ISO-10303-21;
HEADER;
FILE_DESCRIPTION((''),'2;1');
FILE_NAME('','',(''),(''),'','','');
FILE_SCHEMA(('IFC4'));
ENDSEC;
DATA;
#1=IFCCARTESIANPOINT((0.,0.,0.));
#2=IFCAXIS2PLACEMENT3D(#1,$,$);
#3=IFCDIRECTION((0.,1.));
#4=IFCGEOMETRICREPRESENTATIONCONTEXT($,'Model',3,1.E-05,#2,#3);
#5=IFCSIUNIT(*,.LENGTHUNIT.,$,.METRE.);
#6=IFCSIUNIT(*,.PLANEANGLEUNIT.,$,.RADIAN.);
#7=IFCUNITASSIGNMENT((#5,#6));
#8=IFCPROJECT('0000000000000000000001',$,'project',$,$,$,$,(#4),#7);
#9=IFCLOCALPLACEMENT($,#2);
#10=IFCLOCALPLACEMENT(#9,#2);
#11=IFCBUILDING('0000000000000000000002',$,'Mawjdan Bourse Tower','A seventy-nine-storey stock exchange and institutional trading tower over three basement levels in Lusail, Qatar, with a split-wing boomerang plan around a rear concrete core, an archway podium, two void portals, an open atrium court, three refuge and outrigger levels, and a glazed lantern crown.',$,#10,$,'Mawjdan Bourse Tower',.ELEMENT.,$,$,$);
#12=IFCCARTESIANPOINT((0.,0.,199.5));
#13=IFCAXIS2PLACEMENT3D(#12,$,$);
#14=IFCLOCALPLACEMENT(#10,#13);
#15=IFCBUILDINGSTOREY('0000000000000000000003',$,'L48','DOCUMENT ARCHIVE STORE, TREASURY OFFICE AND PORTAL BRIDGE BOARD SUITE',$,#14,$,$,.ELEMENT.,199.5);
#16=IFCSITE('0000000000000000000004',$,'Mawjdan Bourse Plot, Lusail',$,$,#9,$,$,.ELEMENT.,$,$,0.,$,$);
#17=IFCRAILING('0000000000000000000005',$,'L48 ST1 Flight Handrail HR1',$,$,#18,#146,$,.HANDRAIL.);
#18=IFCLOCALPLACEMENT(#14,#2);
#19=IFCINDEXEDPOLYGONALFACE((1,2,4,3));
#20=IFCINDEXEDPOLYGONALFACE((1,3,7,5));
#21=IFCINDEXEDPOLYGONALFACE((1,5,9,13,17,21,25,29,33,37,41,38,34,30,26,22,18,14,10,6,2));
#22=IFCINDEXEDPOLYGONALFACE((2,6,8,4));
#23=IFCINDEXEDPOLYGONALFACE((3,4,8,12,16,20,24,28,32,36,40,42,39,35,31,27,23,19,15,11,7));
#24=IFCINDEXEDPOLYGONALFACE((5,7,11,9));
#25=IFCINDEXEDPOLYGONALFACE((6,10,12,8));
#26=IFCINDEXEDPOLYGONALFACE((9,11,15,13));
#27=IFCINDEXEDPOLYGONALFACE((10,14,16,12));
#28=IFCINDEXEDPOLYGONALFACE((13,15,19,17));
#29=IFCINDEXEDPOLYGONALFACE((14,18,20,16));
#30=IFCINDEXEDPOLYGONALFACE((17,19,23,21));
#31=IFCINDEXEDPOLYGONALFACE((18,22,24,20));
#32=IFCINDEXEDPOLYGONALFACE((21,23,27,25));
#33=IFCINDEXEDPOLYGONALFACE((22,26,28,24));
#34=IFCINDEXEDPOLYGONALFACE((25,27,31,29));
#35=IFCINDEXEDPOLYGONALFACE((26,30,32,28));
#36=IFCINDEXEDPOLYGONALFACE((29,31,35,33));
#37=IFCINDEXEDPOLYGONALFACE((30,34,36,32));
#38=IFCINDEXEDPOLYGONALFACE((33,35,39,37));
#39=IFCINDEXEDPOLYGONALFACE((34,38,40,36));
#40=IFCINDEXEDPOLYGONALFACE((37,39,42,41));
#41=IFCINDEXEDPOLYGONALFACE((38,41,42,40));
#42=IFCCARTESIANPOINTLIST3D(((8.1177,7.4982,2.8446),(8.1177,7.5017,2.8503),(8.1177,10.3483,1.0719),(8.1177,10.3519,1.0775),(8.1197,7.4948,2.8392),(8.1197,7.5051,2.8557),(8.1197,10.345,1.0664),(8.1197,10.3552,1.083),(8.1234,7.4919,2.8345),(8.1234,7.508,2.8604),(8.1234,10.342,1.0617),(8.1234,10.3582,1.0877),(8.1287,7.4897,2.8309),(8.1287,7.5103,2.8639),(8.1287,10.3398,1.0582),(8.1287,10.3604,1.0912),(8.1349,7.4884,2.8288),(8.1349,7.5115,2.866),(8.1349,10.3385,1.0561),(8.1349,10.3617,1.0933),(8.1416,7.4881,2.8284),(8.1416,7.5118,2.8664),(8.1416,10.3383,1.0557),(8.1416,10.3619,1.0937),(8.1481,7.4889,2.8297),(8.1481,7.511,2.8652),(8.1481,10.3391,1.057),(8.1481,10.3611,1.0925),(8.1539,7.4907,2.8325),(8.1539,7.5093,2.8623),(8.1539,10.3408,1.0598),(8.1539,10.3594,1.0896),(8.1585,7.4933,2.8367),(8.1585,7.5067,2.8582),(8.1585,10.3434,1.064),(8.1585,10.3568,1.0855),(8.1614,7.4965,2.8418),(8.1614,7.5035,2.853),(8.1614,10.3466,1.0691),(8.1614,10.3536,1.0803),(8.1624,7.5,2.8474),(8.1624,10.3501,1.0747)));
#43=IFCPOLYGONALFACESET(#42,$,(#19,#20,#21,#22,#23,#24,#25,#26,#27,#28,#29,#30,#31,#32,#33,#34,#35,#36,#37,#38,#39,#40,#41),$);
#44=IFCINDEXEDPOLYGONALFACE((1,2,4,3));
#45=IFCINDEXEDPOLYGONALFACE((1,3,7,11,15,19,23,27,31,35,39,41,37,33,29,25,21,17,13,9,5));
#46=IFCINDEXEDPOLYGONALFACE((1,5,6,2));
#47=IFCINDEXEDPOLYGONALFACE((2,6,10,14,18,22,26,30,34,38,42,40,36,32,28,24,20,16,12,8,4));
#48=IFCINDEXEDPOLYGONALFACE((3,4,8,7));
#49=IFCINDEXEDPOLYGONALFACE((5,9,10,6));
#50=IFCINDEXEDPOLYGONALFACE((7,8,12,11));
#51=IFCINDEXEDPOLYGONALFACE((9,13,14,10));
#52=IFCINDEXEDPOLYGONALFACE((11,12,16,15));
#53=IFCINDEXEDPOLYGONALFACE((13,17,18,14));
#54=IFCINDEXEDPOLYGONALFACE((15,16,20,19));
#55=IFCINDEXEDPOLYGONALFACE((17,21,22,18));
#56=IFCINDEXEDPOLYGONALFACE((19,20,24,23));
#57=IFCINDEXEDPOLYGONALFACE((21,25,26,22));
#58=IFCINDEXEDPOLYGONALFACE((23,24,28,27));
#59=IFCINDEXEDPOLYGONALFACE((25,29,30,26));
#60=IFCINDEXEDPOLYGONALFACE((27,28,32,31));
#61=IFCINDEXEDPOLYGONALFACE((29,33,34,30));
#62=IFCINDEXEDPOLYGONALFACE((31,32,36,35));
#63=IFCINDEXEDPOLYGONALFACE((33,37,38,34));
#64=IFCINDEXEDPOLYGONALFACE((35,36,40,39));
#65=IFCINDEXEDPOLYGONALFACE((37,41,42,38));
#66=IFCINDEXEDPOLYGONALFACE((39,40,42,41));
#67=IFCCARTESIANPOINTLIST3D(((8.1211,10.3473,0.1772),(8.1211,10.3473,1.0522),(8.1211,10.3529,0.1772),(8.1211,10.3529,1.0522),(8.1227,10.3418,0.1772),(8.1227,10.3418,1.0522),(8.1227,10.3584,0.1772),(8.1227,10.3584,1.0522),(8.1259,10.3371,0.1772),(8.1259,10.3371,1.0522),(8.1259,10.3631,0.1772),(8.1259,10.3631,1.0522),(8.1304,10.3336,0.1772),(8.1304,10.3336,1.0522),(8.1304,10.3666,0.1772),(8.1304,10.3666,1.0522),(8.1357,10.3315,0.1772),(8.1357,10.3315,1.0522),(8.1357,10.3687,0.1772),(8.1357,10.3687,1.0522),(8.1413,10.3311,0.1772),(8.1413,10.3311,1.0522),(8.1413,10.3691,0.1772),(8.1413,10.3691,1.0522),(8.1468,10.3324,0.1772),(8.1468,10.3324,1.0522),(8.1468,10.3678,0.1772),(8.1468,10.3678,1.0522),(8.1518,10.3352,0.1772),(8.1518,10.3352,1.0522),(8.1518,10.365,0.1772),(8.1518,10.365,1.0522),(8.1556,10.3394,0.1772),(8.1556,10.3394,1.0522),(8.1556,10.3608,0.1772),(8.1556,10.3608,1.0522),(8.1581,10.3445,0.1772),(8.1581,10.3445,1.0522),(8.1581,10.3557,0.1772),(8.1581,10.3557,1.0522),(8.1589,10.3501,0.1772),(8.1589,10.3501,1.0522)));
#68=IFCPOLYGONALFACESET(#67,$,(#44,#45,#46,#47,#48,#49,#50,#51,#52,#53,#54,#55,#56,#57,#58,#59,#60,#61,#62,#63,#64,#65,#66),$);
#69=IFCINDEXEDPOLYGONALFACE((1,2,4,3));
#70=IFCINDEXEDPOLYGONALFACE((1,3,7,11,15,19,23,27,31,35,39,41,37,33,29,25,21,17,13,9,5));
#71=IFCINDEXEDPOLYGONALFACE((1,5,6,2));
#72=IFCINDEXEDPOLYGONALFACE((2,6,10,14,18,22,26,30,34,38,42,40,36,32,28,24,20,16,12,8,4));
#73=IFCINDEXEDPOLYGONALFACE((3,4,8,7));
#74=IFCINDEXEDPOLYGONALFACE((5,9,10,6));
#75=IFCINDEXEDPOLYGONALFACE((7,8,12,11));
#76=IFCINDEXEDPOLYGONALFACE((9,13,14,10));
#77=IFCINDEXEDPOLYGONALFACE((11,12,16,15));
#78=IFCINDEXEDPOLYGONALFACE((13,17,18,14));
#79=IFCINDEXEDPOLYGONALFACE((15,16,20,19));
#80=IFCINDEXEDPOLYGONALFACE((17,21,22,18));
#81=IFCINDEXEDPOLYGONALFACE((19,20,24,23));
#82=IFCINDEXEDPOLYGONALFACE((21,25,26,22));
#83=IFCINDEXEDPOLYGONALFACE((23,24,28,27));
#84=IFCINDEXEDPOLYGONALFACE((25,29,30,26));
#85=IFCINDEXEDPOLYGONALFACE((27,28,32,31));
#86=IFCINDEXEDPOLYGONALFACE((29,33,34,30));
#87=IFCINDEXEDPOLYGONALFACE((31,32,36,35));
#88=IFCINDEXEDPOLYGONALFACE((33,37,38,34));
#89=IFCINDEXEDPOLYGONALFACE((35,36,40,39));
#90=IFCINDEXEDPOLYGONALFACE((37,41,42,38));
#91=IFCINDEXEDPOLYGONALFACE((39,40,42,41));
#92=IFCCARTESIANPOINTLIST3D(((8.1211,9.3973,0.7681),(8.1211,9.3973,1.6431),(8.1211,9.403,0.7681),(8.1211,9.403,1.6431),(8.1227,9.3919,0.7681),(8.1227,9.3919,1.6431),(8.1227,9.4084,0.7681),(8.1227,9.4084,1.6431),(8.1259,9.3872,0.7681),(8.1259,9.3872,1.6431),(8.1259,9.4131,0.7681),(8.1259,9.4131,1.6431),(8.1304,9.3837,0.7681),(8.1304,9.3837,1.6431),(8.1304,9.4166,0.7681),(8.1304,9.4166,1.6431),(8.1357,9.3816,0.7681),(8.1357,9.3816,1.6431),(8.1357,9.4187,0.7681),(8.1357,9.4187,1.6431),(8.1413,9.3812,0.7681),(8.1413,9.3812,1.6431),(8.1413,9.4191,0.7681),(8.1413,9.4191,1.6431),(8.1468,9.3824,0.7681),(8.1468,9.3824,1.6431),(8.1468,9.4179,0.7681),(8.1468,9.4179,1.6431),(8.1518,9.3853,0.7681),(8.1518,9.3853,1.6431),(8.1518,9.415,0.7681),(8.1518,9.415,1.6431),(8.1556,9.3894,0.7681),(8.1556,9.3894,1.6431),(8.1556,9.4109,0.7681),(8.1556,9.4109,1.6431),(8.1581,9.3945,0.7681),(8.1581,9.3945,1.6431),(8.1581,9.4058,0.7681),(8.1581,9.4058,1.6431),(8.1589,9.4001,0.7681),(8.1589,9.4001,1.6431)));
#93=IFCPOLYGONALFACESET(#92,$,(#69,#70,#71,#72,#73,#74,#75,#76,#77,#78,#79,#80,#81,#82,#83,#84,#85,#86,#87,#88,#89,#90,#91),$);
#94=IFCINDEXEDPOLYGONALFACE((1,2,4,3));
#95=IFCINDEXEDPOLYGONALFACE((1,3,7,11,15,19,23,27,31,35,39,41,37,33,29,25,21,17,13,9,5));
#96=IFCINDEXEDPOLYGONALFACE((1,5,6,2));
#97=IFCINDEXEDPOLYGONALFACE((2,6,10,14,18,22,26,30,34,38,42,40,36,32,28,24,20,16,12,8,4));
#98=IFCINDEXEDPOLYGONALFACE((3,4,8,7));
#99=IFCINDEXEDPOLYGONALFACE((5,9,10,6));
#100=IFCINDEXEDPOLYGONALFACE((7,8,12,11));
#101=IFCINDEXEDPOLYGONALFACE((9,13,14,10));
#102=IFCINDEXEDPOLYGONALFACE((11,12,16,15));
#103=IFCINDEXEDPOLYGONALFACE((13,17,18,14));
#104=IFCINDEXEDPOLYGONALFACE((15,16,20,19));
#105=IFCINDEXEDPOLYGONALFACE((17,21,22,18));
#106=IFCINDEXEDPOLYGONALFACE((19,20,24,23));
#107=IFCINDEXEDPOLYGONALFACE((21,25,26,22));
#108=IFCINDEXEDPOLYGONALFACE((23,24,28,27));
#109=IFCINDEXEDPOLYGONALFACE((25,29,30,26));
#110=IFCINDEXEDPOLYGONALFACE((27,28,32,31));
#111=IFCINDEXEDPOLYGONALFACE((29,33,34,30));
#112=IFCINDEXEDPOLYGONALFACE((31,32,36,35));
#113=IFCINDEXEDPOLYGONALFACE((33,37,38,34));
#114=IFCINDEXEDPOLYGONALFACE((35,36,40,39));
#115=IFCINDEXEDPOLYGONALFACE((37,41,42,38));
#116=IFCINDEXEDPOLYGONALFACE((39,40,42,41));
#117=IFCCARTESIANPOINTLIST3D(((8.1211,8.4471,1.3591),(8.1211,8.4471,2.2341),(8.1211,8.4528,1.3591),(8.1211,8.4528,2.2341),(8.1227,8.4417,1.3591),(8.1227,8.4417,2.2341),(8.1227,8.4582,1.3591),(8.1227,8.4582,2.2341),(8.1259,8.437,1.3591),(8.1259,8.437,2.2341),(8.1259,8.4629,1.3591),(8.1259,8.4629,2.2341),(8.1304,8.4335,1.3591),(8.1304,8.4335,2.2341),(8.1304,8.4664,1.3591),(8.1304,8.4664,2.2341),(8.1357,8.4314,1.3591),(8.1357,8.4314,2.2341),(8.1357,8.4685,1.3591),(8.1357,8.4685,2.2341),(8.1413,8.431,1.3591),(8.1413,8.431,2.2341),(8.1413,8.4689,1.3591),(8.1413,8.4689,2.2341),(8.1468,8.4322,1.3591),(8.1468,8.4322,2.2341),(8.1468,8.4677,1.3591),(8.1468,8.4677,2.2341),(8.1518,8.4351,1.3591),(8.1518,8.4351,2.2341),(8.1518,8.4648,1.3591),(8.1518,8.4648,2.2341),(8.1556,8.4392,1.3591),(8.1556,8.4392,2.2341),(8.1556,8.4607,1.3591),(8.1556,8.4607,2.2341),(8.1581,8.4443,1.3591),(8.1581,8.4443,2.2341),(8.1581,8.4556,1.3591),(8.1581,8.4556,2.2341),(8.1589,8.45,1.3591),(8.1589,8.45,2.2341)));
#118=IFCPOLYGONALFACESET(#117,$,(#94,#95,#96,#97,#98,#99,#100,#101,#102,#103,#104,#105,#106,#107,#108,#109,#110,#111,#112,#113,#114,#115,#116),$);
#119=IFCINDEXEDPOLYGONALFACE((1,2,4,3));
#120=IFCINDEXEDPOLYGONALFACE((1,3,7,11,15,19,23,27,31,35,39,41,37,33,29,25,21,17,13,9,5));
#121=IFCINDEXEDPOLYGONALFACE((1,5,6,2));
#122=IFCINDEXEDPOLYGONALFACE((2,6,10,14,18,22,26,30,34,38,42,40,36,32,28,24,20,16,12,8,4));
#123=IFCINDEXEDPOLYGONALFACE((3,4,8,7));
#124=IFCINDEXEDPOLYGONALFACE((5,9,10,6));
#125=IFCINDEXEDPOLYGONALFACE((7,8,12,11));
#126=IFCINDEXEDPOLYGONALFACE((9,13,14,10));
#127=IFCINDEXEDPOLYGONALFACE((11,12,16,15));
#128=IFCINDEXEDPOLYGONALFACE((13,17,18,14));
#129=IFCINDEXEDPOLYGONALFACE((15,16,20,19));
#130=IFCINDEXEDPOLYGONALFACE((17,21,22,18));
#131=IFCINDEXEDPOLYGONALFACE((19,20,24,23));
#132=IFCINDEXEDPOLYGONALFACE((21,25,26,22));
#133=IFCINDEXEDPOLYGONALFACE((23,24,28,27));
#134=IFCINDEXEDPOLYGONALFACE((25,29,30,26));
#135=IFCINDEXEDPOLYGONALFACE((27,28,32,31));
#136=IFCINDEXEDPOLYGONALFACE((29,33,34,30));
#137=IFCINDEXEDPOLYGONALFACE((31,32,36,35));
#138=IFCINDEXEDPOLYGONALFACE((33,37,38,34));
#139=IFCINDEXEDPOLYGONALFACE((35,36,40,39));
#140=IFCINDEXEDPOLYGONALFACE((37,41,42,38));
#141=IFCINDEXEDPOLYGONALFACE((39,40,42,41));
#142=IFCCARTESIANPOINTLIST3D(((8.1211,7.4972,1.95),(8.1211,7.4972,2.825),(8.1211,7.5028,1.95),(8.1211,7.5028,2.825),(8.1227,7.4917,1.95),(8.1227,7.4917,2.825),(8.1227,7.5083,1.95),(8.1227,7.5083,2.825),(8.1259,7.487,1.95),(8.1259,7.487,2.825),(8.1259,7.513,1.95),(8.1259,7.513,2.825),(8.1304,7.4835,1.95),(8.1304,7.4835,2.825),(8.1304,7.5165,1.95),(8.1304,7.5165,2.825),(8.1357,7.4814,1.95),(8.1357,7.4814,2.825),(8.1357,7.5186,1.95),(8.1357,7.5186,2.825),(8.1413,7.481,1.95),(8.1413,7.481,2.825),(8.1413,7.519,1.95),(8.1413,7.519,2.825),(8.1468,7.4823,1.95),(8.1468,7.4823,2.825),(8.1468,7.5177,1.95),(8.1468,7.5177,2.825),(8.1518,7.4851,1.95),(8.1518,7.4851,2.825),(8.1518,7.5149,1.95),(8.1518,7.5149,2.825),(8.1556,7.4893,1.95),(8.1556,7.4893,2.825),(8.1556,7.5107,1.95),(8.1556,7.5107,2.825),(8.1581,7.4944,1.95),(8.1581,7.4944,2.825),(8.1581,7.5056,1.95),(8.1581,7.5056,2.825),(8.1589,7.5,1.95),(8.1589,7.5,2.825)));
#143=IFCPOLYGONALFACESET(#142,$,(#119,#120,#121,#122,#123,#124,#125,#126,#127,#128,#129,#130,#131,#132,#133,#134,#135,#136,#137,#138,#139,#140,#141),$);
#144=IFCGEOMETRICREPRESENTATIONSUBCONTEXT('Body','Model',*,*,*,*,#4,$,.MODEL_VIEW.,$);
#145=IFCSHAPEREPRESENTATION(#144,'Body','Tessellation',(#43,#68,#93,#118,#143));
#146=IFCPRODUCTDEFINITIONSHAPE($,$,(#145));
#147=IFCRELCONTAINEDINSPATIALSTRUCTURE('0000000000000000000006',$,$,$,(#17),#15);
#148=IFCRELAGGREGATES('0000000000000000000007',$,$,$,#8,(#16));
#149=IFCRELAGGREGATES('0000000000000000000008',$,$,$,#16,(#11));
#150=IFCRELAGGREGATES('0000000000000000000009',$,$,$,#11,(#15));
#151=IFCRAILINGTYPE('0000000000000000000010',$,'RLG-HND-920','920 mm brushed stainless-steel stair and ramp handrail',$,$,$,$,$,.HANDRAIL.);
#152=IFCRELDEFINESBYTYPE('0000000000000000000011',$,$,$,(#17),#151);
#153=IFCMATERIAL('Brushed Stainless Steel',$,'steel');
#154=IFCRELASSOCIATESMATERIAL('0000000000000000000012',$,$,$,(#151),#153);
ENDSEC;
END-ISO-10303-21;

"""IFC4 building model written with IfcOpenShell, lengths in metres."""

from ifc_helpers import new_model, si_unit, direction, frame, origin, origin_2d, place, context, subcontext, project, spatial, circle, extrude, material, type_object, element, save


model = new_model("IFC4")

# Units and contexts
model_context = context("Model", 3, precision=1e-05, world=origin(), true_north=direction((0.0, 1.0)))
body_context = subcontext(model_context, "Body", "Model", "MODEL_VIEW")
ifc_project = project(units=[si_unit("LENGTHUNIT", "METRE"), si_unit("PLANEANGLEUNIT", "RADIAN")], contexts=[model_context])

# Site, building, storey
site_placement = place(None, origin())
site = spatial("IfcSite", under=ifc_project, at=site_placement, Name="Mawjdan Bourse Plot, Lusail", CompositionType="ELEMENT", RefElevation=0.0)
building_placement = place(site_placement, origin())
building = spatial("IfcBuilding", under=site, at=building_placement, Name="Mawjdan Bourse Tower", Description="A seventy-nine-storey stock exchange and institutional trading tower over three basement levels in Lusail, Qatar, with a split-wing boomerang plan around a rear concrete core, an archway podium, two void portals, an open atrium court, three refuge and outrigger levels, and a glazed lantern crown.", LongName="Mawjdan Bourse Tower", CompositionType="ELEMENT")
storey_placement = place(building_placement, frame((0.0, 0.0, 199.5)))
storey = spatial("IfcBuildingStorey", under=building, at=storey_placement, Name="L48", Description="DOCUMENT ARCHIVE STORE, TREASURY OFFICE AND PORTAL BRIDGE BOARD SUITE", CompositionType="ELEMENT", Elevation=199.5)

# Railing
ifc_material_1 = material(Name="Brushed Stainless Steel", Category="steel")
railing_type_1 = type_object("IfcRailingType", Name="RLG-HND-920", Description="920 mm brushed stainless-steel stair and ramp handrail", PredefinedType="HANDRAIL", material=ifc_material_1)
railing_1_placement = place(storey_placement, frame((8.1399, 10.3501, 0.1772)))
element("IfcRailing", 1, at=railing_1_placement, inside=storey, type_object=railing_type_1, Name="L48 ST1 Flight Handrail HR1", PredefinedType="HANDRAIL", context=body_context, shape_type="SweptSolid", body=[
    extrude(circle(Radius=0.0225, at=origin_2d()), frame((0.0, 0.0, 0.8975), z_axis=(0.0, -0.849149, 0.528154), x_axis=(1.0, 0.0, 0.0)), (0.0, 0.0, 1.0), 3.3564),
    extrude(circle(Radius=0.019, at=origin_2d()), origin(), (0.0, 0.0, 1.0), 0.875),
    extrude(circle(Radius=0.019, at=origin_2d()), frame((0.0, -0.95, 0.5908)), (0.0, 0.0, 1.0), 0.875),
    extrude(circle(Radius=0.019, at=origin_2d()), frame((0.0, -1.9001, 1.1819)), (0.0, 0.0, 1.0), 0.875),
    extrude(circle(Radius=0.019, at=origin_2d()), frame((0.0, -2.8501, 1.7727)), (0.0, 0.0, 1.0), 0.875),
])

save(model, "model.ifc")
